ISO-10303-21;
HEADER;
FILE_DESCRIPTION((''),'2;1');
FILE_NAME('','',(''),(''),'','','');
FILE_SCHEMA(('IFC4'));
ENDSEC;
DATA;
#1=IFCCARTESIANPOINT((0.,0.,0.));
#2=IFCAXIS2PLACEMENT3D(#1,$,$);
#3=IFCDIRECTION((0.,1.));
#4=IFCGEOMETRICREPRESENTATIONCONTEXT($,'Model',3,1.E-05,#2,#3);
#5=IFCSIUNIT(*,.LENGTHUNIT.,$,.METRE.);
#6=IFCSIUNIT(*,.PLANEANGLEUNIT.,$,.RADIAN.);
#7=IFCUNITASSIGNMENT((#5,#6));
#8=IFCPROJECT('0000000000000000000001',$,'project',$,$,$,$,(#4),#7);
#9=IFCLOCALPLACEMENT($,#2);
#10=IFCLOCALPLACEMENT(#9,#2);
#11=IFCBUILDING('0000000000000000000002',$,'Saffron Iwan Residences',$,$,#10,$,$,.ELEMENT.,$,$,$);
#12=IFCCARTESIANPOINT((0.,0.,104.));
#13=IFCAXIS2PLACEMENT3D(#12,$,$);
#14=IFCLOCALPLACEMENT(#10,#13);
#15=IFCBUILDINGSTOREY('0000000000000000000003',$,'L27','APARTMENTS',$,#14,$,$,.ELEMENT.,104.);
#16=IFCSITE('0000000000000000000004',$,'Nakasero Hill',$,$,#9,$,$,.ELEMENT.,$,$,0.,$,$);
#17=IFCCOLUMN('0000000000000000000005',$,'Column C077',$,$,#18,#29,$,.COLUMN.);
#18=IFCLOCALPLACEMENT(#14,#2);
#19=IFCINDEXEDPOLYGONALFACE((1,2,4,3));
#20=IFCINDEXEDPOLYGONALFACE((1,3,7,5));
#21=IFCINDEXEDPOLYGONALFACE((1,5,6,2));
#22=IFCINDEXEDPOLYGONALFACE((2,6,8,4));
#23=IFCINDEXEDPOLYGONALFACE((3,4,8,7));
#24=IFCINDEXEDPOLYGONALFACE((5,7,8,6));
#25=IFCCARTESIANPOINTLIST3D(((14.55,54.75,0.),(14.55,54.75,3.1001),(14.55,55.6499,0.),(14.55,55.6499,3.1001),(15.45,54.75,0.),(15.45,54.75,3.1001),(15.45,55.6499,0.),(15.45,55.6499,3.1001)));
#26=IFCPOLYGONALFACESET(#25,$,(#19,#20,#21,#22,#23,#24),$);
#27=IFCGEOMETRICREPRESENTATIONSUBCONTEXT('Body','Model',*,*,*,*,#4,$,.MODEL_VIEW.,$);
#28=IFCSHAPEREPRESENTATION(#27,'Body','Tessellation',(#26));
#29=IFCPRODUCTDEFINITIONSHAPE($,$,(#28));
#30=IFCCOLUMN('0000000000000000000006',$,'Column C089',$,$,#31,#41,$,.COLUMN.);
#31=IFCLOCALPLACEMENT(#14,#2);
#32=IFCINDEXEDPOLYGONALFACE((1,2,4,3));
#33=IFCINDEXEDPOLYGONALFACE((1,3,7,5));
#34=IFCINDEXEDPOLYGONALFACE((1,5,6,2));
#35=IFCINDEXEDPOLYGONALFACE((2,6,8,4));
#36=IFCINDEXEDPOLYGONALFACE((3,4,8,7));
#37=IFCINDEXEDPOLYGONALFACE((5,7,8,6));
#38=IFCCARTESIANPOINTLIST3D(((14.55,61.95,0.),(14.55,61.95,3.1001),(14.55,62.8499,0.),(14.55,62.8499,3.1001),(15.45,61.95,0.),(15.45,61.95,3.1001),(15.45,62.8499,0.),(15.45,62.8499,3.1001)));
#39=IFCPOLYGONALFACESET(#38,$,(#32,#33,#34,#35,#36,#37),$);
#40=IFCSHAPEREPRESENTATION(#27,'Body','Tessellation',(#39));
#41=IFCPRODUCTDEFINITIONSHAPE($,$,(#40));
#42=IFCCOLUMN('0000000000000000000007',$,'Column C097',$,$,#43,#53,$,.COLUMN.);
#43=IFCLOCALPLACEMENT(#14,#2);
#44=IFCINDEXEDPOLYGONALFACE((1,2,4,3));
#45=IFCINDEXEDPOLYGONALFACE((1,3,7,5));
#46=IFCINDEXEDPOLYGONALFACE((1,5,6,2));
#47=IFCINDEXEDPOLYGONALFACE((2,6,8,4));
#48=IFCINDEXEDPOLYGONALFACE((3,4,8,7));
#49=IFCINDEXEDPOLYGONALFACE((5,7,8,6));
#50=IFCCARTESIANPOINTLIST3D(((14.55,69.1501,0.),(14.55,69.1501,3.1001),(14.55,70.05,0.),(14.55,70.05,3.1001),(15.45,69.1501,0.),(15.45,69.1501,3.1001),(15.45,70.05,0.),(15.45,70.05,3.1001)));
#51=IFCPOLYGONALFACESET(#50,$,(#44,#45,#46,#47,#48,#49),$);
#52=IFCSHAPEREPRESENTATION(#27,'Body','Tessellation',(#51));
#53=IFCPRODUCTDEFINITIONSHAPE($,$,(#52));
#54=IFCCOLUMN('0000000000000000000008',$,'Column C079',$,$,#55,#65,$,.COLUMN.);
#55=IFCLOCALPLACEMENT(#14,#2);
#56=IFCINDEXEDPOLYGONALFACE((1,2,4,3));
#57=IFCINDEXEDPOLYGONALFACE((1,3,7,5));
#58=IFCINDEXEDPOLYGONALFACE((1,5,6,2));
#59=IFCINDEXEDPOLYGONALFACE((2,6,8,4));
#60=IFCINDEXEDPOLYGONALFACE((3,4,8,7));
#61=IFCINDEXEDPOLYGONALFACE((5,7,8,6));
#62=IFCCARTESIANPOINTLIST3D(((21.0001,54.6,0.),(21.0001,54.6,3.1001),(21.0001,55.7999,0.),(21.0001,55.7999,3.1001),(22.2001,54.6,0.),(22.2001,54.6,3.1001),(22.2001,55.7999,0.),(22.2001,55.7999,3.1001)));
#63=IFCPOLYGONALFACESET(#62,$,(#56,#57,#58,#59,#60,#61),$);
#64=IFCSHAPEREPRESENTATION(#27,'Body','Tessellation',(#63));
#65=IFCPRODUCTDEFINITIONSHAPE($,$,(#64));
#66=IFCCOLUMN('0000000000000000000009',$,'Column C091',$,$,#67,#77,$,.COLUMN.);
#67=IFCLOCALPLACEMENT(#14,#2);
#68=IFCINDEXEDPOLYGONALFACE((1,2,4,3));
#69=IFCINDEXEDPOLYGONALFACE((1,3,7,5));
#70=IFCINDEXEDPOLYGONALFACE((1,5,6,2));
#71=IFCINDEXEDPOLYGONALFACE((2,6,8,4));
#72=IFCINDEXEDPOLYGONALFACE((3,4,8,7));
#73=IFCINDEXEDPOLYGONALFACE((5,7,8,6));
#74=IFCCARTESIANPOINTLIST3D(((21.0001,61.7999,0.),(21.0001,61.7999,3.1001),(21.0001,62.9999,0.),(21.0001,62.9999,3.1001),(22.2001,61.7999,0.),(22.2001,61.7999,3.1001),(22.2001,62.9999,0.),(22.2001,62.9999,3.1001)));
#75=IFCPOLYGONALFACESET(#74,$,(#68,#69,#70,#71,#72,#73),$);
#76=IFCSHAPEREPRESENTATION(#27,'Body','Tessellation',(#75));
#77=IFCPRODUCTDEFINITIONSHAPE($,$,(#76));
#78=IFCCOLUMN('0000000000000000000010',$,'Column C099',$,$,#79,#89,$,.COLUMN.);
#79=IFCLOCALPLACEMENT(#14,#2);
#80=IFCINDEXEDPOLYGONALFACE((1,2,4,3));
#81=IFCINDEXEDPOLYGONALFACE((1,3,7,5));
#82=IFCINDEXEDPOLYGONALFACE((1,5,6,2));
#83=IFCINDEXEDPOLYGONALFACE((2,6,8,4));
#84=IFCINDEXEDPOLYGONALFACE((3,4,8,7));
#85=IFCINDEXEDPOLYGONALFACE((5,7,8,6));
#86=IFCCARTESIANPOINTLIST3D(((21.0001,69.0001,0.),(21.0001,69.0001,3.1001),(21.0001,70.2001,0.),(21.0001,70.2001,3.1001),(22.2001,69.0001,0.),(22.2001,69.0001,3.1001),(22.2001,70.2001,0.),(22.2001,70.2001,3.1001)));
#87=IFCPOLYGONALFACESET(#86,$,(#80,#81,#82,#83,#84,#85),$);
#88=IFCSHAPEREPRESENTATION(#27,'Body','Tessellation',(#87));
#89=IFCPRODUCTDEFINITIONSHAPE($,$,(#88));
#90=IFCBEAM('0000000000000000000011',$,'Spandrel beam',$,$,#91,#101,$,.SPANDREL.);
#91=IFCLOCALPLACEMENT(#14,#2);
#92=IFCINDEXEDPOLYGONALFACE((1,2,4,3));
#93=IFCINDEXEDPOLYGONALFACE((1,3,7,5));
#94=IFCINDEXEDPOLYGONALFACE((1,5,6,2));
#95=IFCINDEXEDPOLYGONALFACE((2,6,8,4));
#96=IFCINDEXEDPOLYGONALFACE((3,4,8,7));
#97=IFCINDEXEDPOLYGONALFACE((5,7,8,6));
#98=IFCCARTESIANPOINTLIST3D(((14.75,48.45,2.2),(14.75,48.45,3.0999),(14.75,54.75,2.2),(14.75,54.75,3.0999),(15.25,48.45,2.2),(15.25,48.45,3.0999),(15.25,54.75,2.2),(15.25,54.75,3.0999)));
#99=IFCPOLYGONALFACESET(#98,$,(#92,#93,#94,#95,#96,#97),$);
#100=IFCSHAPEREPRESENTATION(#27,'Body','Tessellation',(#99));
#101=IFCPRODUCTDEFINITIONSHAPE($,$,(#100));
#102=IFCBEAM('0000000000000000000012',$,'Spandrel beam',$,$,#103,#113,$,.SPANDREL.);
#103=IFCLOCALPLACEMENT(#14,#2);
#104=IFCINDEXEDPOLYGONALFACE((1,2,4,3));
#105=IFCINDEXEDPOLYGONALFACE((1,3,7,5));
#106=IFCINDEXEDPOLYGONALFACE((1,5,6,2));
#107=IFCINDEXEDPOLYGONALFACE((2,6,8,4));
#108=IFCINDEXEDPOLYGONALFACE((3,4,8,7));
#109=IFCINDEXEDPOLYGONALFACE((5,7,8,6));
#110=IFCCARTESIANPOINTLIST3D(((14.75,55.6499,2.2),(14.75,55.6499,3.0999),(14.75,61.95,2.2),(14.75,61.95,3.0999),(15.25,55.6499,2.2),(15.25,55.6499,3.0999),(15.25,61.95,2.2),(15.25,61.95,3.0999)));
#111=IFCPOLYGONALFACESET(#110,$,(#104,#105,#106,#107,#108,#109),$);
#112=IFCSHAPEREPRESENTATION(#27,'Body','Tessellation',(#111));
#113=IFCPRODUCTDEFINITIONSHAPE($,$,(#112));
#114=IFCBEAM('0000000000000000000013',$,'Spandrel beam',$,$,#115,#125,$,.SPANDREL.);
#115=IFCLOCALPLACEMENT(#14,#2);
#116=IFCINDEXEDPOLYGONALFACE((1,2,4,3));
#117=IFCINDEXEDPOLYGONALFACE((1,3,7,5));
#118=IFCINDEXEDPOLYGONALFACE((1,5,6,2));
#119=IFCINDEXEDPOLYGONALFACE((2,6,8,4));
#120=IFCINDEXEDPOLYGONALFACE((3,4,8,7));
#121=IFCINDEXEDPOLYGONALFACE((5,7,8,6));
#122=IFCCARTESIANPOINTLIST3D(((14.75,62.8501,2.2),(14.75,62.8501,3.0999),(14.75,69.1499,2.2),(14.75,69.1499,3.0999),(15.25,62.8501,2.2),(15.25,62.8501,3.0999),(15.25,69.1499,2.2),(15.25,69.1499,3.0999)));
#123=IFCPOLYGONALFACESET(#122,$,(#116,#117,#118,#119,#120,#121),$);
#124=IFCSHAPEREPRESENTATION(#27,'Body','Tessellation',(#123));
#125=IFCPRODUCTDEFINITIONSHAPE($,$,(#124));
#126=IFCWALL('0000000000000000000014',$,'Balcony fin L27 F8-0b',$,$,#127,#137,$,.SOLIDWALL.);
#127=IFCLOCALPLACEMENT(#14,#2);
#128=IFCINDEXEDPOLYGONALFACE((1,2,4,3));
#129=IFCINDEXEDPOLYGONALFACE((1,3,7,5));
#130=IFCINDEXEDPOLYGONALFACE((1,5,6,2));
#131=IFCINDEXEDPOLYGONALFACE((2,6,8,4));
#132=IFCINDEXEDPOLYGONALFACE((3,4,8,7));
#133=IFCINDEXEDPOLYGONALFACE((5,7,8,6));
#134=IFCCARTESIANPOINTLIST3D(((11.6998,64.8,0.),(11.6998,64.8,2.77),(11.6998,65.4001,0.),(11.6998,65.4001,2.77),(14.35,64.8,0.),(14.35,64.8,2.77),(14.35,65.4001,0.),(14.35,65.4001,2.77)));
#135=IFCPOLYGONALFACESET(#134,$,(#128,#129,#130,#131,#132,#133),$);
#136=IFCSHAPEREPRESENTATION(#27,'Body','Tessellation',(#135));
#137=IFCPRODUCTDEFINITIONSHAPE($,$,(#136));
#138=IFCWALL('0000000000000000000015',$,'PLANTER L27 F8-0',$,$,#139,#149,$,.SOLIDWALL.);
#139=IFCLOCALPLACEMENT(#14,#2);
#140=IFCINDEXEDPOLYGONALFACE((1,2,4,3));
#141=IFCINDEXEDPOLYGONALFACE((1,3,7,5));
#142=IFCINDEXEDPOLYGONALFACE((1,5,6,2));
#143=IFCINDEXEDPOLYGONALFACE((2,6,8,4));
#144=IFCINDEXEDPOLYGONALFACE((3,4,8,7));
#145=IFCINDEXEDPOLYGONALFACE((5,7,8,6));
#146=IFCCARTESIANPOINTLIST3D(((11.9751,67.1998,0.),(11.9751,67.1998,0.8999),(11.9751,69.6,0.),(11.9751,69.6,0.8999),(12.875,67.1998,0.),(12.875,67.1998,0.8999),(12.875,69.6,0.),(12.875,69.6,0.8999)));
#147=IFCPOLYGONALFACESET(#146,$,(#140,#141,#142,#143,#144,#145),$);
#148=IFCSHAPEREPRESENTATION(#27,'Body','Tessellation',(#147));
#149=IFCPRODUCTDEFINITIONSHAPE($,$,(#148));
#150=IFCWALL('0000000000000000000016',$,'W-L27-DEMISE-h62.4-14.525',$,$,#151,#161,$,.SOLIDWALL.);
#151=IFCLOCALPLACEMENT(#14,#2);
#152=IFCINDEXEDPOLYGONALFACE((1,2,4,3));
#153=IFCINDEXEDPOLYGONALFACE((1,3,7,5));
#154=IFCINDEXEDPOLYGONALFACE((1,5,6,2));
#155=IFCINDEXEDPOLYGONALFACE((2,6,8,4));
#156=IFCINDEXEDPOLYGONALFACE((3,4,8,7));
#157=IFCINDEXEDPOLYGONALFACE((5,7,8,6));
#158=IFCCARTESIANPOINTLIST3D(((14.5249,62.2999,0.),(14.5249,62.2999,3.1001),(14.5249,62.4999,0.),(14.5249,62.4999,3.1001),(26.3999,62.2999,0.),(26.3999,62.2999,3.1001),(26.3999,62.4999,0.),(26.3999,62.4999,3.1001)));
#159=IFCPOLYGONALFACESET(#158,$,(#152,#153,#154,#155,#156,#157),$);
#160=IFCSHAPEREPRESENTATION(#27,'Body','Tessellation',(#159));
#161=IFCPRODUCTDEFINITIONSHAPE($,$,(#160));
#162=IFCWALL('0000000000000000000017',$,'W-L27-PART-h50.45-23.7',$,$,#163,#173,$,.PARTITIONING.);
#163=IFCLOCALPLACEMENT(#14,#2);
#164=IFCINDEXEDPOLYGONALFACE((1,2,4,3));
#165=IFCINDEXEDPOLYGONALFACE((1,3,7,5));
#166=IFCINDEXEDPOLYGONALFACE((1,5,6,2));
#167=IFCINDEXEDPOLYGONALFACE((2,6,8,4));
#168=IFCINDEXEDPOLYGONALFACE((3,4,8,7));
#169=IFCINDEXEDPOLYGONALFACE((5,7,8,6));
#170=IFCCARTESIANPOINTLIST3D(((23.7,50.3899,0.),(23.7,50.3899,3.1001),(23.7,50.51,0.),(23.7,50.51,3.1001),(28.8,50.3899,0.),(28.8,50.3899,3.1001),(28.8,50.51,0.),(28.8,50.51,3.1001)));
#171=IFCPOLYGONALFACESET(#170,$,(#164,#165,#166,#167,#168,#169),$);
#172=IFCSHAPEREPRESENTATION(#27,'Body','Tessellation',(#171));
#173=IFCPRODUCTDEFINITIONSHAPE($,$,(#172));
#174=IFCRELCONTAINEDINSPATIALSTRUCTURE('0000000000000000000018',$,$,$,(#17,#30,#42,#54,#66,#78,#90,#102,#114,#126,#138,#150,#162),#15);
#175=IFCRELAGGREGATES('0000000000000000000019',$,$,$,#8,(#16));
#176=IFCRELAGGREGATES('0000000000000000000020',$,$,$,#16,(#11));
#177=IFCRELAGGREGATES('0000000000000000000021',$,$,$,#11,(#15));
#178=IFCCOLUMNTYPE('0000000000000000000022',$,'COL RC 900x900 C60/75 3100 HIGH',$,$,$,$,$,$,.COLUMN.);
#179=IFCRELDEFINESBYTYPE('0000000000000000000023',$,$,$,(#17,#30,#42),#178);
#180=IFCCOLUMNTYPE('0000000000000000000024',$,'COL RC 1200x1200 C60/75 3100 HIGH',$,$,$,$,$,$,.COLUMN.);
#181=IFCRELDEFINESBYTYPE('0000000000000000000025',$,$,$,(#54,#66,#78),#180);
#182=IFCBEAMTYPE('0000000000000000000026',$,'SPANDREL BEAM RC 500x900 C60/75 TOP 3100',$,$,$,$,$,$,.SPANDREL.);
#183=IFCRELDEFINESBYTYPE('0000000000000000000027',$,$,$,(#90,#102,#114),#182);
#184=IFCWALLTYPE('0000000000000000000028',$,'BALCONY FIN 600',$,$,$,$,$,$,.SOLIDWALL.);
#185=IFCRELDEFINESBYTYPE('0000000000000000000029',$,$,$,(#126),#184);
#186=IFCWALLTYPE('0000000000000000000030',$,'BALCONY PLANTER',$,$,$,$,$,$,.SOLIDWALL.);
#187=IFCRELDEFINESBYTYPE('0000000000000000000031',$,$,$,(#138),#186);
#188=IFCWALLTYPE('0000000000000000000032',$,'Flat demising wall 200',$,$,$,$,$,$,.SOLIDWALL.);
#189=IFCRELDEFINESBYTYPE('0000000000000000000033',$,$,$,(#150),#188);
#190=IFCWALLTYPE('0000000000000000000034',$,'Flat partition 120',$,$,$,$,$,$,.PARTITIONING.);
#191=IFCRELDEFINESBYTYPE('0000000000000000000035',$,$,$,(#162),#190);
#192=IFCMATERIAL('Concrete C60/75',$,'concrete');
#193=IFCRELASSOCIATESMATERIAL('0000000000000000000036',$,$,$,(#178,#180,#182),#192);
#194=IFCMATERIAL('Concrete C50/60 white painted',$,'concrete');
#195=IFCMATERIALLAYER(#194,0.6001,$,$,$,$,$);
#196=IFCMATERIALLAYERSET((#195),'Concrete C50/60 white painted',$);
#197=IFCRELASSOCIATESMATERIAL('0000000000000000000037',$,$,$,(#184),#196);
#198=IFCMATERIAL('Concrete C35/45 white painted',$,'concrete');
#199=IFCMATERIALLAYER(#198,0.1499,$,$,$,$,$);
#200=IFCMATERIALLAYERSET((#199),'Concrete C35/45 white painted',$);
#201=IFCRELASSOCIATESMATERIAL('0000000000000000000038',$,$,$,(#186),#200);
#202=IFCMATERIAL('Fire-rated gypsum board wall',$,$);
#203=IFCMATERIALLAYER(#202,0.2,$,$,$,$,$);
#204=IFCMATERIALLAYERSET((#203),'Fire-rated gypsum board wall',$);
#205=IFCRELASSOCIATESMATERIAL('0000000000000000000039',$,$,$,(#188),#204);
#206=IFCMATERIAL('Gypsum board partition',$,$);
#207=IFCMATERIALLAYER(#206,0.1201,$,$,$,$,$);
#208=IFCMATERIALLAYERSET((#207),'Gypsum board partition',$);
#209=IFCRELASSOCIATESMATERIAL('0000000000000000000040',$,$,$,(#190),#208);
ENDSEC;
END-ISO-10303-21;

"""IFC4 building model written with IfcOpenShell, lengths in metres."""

from ifc_helpers import new_model, si_unit, direction, frame, frame_2d, origin, origin_2d, place, context, subcontext, project, spatial, rectangle, extrude, source, transform, mapped, material, layer, layer_set, material_profile, profile_set, type_object, element, save


model = new_model("IFC4")

# Units and contexts
model_context = context("Model", 3, precision=1e-05, world=origin(), true_north=direction((0.0, 1.0)))
body_context = subcontext(model_context, "Body", "Model", "MODEL_VIEW")
ifc_project = project(units=[si_unit("LENGTHUNIT", "METRE"), si_unit("PLANEANGLEUNIT", "RADIAN")], contexts=[model_context])

# Site, building, storey
site_placement = place(None, origin())
site = spatial("IfcSite", under=ifc_project, at=site_placement, Name="Nakasero Hill", CompositionType="ELEMENT", RefElevation=0.0)
building_placement = place(site_placement, origin())
building = spatial("IfcBuilding", under=site, at=building_placement, Name="Saffron Iwan Residences", CompositionType="ELEMENT")
storey_placement = place(building_placement, frame((0.0, 0.0, 104.0)))
storey = spatial("IfcBuildingStorey", under=building, at=storey_placement, Name="L27", Description="APARTMENTS", CompositionType="ELEMENT", Elevation=104.0)

# Columns
ifc_material_1 = material(Name="Concrete C60/75", Category="concrete")
ifc_material_profile_1 = material_profile(ifc_material_1, rectangle(XDim=0.8999, YDim=0.8999, at=origin_2d()), Name="RC 900x900")
ifc_profile_set_1 = profile_set([ifc_material_profile_1], Name="Concrete C60/75")
column_type_1 = type_object("IfcColumnType", Name="COL RC 900x900 C60/75 3100 HIGH", PredefinedType="COLUMN", material=ifc_profile_set_1)
shared_shape_1 = source(origin(), body_context, "Body", "SweptSolid", [
    extrude(rectangle(XDim=0.8999, YDim=0.8999, at=origin_2d()), origin(), (0.0, 0.0, 1.0), 3.1001),
])
for number, where, z_axis, x_axis, name in (
    (1, (15.0, 55.2, 0.0), (0.0, 0.0, 1.0), (1.0, 0.0, 0.0), "Column C077"),
    (2, (15.0, 62.3999, 0.0), (0.0, 0.0, 1.0), (1.0, 0.0, 0.0), "Column C089"),
    (3, (15.0, 69.6001, 0.0), (0.0, 0.0, 1.0), (1.0, 0.0, 0.0), "Column C097"),
):
    element("IfcColumn", number, at=place(storey_placement, frame(where, z_axis=z_axis, x_axis=x_axis)), inside=storey, type_object=column_type_1, Name=name, PredefinedType="COLUMN", context=body_context, shape_type="MappedRepresentation", body=[
        mapped(shared_shape_1, transform((0.0, 0.0, 0.0))),
    ])
ifc_material_profile_2 = material_profile(ifc_material_1, rectangle(XDim=1.2, YDim=1.2, at=origin_2d()), Name="RC 1200x1200")
ifc_profile_set_2 = profile_set([ifc_material_profile_2], Name="Concrete C60/75")
column_type_2 = type_object("IfcColumnType", Name="COL RC 1200x1200 C60/75 3100 HIGH", PredefinedType="COLUMN", material=ifc_profile_set_2)
shared_shape_2 = source(origin(), body_context, "Body", "SweptSolid", [
    extrude(rectangle(XDim=1.2, YDim=1.2, at=origin_2d()), origin(), (0.0, 0.0, 1.0), 3.1001),
])
for number, where, z_axis, x_axis, name in (
    (4, (21.6001, 55.2, 0.0), (0.0, 0.0, 1.0), (1.0, 0.0, 0.0), "Column C079"),
    (5, (21.6001, 62.3999, 0.0), (0.0, 0.0, 1.0), (1.0, 0.0, 0.0), "Column C091"),
    (6, (21.6001, 69.6001, 0.0), (0.0, 0.0, 1.0), (1.0, 0.0, 0.0), "Column C099"),
):
    element("IfcColumn", number, at=place(storey_placement, frame(where, z_axis=z_axis, x_axis=x_axis)), inside=storey, type_object=column_type_2, Name=name, PredefinedType="COLUMN", context=body_context, shape_type="MappedRepresentation", body=[
        mapped(shared_shape_2, transform((0.0, 0.0, 0.0))),
    ])

# Beams
ifc_material_profile_3 = material_profile(ifc_material_1, rectangle(XDim=0.5, YDim=0.8999, at=origin_2d()), Name="RC 500x900")
ifc_profile_set_3 = profile_set([ifc_material_profile_3], Name="Concrete C60/75")
beam_type = type_object("IfcBeamType", Name="SPANDREL BEAM RC 500x900 C60/75 TOP 3100", PredefinedType="SPANDREL", material=ifc_profile_set_3)
shared_shape_3 = source(origin(), body_context, "Body", "SweptSolid", [
    extrude(rectangle(XDim=0.5, YDim=0.8999, at=origin_2d()), origin(), (0.0, 0.0, 1.0), 6.3),
])
for number, where, z_axis, x_axis, name in (
    (7, (15.0, 48.45, 2.6499), (0.0, 1.0, 0.0), (-1.0, 0.0, 0.0), "Spandrel beam"),
    (8, (15.0, 55.6499, 2.6499), (0.0, 1.0, 0.0), (-1.0, 0.0, 0.0), "Spandrel beam"),
):
    element("IfcBeam", number, at=place(storey_placement, frame(where, z_axis=z_axis, x_axis=x_axis)), inside=storey, type_object=beam_type, Name=name, PredefinedType="SPANDREL", context=body_context, shape_type="MappedRepresentation", body=[
        mapped(shared_shape_3, transform((0.0, 0.0, 0.0))),
    ])
shared_shape_4 = source(origin(), body_context, "Body", "SweptSolid", [
    extrude(rectangle(XDim=0.5, YDim=0.8999, at=origin_2d()), origin(), (0.0, 0.0, 1.0), 6.2998),
])
beam_placement = place(storey_placement, frame((15.0, 62.8501, 2.6499), z_axis=(0.0, 1.0, 0.0), x_axis=(-1.0, 0.0, 0.0)))
element("IfcBeam", 9, at=beam_placement, inside=storey, type_object=beam_type, Name="Spandrel beam", PredefinedType="SPANDREL", context=body_context, shape_type="MappedRepresentation", body=[
    mapped(shared_shape_4, transform((0.0, 0.0, 0.0))),
])

# Walls
ifc_material_2 = material(Name="Concrete C50/60 white painted", Category="concrete")
ifc_layer_1 = layer(ifc_material_2, 0.6001)
ifc_layer_set_1 = layer_set([ifc_layer_1], Name="Concrete C50/60 white painted")
wall_type_1 = type_object("IfcWallType", Name="BALCONY FIN 600", PredefinedType="SOLIDWALL", material=ifc_layer_set_1)
wall_1_placement = place(storey_placement, frame((14.3501, 65.1001, 0.0), z_axis=(0.0, 0.0, 1.0), x_axis=(-1.0, 0.0, 0.0)))
element("IfcWall", 10, at=wall_1_placement, inside=storey, type_object=wall_type_1, Name="Balcony fin L27 F8-0b", PredefinedType="SOLIDWALL", context=body_context, shape_type="SweptSolid", body=[
    extrude(rectangle(XDim=2.6501, YDim=0.6001, at=frame_2d((1.3252, 0.0))), origin(), (0.0, 0.0, 1.0), 2.77),
])
ifc_material_3 = material(Name="Concrete C35/45 white painted", Category="concrete")
ifc_layer_2 = layer(ifc_material_3, 0.1499)
ifc_layer_set_2 = layer_set([ifc_layer_2], Name="Concrete C35/45 white painted")
wall_type_2 = type_object("IfcWallType", Name="BALCONY PLANTER", PredefinedType="SOLIDWALL", material=ifc_layer_set_2)
wall_2_placement = place(storey_placement, frame((12.425, 69.6001, 0.0), z_axis=(0.0, 0.0, 1.0), x_axis=(0.0, -1.0, 0.0)))
element("IfcWall", 11, at=wall_2_placement, inside=storey, type_object=wall_type_2, Name="PLANTER L27 F8-0", PredefinedType="SOLIDWALL", context=body_context, shape_type="SweptSolid", body=[
    extrude(rectangle(XDim=2.4001, YDim=0.8999, at=frame_2d((1.2002, 0.0))), origin(), (0.0, 0.0, 1.0), 0.8999),
])
ifc_material_4 = material(Name="Fire-rated gypsum board wall")
ifc_layer_3 = layer(ifc_material_4, 0.2)
ifc_layer_set_3 = layer_set([ifc_layer_3], Name="Fire-rated gypsum board wall")
wall_type_3 = type_object("IfcWallType", Name="Flat demising wall 200", PredefinedType="SOLIDWALL", material=ifc_layer_set_3)
wall_3_placement = place(storey_placement, frame((14.5249, 62.3999, 0.0), z_axis=(0.0, 0.0, 1.0), x_axis=(1.0, 0.0, 0.0)))
element("IfcWall", 12, at=wall_3_placement, inside=storey, type_object=wall_type_3, Name="W-L27-DEMISE-h62.4-14.525", PredefinedType="SOLIDWALL", context=body_context, shape_type="SweptSolid", body=[
    extrude(rectangle(XDim=11.875, YDim=0.2, at=frame_2d((5.9375, 0.0))), origin(), (0.0, 0.0, 1.0), 3.1001),
])
ifc_material_5 = material(Name="Gypsum board partition")
ifc_layer_4 = layer(ifc_material_5, 0.1201)
ifc_layer_set_4 = layer_set([ifc_layer_4], Name="Gypsum board partition")
wall_type_4 = type_object("IfcWallType", Name="Flat partition 120", PredefinedType="PARTITIONING", material=ifc_layer_set_4)
wall_4_placement = place(storey_placement, frame((23.7, 50.45, 0.0), z_axis=(0.0, 0.0, 1.0), x_axis=(1.0, 0.0, 0.0)))
element("IfcWall", 13, at=wall_4_placement, inside=storey, type_object=wall_type_4, Name="W-L27-PART-h50.45-23.7", PredefinedType="PARTITIONING", context=body_context, shape_type="SweptSolid", body=[
    extrude(rectangle(XDim=5.1001, YDim=0.1201, at=frame_2d((2.55, 0.0))), origin(), (0.0, 0.0, 1.0), 3.1001),
])

save(model, "model.ifc")
